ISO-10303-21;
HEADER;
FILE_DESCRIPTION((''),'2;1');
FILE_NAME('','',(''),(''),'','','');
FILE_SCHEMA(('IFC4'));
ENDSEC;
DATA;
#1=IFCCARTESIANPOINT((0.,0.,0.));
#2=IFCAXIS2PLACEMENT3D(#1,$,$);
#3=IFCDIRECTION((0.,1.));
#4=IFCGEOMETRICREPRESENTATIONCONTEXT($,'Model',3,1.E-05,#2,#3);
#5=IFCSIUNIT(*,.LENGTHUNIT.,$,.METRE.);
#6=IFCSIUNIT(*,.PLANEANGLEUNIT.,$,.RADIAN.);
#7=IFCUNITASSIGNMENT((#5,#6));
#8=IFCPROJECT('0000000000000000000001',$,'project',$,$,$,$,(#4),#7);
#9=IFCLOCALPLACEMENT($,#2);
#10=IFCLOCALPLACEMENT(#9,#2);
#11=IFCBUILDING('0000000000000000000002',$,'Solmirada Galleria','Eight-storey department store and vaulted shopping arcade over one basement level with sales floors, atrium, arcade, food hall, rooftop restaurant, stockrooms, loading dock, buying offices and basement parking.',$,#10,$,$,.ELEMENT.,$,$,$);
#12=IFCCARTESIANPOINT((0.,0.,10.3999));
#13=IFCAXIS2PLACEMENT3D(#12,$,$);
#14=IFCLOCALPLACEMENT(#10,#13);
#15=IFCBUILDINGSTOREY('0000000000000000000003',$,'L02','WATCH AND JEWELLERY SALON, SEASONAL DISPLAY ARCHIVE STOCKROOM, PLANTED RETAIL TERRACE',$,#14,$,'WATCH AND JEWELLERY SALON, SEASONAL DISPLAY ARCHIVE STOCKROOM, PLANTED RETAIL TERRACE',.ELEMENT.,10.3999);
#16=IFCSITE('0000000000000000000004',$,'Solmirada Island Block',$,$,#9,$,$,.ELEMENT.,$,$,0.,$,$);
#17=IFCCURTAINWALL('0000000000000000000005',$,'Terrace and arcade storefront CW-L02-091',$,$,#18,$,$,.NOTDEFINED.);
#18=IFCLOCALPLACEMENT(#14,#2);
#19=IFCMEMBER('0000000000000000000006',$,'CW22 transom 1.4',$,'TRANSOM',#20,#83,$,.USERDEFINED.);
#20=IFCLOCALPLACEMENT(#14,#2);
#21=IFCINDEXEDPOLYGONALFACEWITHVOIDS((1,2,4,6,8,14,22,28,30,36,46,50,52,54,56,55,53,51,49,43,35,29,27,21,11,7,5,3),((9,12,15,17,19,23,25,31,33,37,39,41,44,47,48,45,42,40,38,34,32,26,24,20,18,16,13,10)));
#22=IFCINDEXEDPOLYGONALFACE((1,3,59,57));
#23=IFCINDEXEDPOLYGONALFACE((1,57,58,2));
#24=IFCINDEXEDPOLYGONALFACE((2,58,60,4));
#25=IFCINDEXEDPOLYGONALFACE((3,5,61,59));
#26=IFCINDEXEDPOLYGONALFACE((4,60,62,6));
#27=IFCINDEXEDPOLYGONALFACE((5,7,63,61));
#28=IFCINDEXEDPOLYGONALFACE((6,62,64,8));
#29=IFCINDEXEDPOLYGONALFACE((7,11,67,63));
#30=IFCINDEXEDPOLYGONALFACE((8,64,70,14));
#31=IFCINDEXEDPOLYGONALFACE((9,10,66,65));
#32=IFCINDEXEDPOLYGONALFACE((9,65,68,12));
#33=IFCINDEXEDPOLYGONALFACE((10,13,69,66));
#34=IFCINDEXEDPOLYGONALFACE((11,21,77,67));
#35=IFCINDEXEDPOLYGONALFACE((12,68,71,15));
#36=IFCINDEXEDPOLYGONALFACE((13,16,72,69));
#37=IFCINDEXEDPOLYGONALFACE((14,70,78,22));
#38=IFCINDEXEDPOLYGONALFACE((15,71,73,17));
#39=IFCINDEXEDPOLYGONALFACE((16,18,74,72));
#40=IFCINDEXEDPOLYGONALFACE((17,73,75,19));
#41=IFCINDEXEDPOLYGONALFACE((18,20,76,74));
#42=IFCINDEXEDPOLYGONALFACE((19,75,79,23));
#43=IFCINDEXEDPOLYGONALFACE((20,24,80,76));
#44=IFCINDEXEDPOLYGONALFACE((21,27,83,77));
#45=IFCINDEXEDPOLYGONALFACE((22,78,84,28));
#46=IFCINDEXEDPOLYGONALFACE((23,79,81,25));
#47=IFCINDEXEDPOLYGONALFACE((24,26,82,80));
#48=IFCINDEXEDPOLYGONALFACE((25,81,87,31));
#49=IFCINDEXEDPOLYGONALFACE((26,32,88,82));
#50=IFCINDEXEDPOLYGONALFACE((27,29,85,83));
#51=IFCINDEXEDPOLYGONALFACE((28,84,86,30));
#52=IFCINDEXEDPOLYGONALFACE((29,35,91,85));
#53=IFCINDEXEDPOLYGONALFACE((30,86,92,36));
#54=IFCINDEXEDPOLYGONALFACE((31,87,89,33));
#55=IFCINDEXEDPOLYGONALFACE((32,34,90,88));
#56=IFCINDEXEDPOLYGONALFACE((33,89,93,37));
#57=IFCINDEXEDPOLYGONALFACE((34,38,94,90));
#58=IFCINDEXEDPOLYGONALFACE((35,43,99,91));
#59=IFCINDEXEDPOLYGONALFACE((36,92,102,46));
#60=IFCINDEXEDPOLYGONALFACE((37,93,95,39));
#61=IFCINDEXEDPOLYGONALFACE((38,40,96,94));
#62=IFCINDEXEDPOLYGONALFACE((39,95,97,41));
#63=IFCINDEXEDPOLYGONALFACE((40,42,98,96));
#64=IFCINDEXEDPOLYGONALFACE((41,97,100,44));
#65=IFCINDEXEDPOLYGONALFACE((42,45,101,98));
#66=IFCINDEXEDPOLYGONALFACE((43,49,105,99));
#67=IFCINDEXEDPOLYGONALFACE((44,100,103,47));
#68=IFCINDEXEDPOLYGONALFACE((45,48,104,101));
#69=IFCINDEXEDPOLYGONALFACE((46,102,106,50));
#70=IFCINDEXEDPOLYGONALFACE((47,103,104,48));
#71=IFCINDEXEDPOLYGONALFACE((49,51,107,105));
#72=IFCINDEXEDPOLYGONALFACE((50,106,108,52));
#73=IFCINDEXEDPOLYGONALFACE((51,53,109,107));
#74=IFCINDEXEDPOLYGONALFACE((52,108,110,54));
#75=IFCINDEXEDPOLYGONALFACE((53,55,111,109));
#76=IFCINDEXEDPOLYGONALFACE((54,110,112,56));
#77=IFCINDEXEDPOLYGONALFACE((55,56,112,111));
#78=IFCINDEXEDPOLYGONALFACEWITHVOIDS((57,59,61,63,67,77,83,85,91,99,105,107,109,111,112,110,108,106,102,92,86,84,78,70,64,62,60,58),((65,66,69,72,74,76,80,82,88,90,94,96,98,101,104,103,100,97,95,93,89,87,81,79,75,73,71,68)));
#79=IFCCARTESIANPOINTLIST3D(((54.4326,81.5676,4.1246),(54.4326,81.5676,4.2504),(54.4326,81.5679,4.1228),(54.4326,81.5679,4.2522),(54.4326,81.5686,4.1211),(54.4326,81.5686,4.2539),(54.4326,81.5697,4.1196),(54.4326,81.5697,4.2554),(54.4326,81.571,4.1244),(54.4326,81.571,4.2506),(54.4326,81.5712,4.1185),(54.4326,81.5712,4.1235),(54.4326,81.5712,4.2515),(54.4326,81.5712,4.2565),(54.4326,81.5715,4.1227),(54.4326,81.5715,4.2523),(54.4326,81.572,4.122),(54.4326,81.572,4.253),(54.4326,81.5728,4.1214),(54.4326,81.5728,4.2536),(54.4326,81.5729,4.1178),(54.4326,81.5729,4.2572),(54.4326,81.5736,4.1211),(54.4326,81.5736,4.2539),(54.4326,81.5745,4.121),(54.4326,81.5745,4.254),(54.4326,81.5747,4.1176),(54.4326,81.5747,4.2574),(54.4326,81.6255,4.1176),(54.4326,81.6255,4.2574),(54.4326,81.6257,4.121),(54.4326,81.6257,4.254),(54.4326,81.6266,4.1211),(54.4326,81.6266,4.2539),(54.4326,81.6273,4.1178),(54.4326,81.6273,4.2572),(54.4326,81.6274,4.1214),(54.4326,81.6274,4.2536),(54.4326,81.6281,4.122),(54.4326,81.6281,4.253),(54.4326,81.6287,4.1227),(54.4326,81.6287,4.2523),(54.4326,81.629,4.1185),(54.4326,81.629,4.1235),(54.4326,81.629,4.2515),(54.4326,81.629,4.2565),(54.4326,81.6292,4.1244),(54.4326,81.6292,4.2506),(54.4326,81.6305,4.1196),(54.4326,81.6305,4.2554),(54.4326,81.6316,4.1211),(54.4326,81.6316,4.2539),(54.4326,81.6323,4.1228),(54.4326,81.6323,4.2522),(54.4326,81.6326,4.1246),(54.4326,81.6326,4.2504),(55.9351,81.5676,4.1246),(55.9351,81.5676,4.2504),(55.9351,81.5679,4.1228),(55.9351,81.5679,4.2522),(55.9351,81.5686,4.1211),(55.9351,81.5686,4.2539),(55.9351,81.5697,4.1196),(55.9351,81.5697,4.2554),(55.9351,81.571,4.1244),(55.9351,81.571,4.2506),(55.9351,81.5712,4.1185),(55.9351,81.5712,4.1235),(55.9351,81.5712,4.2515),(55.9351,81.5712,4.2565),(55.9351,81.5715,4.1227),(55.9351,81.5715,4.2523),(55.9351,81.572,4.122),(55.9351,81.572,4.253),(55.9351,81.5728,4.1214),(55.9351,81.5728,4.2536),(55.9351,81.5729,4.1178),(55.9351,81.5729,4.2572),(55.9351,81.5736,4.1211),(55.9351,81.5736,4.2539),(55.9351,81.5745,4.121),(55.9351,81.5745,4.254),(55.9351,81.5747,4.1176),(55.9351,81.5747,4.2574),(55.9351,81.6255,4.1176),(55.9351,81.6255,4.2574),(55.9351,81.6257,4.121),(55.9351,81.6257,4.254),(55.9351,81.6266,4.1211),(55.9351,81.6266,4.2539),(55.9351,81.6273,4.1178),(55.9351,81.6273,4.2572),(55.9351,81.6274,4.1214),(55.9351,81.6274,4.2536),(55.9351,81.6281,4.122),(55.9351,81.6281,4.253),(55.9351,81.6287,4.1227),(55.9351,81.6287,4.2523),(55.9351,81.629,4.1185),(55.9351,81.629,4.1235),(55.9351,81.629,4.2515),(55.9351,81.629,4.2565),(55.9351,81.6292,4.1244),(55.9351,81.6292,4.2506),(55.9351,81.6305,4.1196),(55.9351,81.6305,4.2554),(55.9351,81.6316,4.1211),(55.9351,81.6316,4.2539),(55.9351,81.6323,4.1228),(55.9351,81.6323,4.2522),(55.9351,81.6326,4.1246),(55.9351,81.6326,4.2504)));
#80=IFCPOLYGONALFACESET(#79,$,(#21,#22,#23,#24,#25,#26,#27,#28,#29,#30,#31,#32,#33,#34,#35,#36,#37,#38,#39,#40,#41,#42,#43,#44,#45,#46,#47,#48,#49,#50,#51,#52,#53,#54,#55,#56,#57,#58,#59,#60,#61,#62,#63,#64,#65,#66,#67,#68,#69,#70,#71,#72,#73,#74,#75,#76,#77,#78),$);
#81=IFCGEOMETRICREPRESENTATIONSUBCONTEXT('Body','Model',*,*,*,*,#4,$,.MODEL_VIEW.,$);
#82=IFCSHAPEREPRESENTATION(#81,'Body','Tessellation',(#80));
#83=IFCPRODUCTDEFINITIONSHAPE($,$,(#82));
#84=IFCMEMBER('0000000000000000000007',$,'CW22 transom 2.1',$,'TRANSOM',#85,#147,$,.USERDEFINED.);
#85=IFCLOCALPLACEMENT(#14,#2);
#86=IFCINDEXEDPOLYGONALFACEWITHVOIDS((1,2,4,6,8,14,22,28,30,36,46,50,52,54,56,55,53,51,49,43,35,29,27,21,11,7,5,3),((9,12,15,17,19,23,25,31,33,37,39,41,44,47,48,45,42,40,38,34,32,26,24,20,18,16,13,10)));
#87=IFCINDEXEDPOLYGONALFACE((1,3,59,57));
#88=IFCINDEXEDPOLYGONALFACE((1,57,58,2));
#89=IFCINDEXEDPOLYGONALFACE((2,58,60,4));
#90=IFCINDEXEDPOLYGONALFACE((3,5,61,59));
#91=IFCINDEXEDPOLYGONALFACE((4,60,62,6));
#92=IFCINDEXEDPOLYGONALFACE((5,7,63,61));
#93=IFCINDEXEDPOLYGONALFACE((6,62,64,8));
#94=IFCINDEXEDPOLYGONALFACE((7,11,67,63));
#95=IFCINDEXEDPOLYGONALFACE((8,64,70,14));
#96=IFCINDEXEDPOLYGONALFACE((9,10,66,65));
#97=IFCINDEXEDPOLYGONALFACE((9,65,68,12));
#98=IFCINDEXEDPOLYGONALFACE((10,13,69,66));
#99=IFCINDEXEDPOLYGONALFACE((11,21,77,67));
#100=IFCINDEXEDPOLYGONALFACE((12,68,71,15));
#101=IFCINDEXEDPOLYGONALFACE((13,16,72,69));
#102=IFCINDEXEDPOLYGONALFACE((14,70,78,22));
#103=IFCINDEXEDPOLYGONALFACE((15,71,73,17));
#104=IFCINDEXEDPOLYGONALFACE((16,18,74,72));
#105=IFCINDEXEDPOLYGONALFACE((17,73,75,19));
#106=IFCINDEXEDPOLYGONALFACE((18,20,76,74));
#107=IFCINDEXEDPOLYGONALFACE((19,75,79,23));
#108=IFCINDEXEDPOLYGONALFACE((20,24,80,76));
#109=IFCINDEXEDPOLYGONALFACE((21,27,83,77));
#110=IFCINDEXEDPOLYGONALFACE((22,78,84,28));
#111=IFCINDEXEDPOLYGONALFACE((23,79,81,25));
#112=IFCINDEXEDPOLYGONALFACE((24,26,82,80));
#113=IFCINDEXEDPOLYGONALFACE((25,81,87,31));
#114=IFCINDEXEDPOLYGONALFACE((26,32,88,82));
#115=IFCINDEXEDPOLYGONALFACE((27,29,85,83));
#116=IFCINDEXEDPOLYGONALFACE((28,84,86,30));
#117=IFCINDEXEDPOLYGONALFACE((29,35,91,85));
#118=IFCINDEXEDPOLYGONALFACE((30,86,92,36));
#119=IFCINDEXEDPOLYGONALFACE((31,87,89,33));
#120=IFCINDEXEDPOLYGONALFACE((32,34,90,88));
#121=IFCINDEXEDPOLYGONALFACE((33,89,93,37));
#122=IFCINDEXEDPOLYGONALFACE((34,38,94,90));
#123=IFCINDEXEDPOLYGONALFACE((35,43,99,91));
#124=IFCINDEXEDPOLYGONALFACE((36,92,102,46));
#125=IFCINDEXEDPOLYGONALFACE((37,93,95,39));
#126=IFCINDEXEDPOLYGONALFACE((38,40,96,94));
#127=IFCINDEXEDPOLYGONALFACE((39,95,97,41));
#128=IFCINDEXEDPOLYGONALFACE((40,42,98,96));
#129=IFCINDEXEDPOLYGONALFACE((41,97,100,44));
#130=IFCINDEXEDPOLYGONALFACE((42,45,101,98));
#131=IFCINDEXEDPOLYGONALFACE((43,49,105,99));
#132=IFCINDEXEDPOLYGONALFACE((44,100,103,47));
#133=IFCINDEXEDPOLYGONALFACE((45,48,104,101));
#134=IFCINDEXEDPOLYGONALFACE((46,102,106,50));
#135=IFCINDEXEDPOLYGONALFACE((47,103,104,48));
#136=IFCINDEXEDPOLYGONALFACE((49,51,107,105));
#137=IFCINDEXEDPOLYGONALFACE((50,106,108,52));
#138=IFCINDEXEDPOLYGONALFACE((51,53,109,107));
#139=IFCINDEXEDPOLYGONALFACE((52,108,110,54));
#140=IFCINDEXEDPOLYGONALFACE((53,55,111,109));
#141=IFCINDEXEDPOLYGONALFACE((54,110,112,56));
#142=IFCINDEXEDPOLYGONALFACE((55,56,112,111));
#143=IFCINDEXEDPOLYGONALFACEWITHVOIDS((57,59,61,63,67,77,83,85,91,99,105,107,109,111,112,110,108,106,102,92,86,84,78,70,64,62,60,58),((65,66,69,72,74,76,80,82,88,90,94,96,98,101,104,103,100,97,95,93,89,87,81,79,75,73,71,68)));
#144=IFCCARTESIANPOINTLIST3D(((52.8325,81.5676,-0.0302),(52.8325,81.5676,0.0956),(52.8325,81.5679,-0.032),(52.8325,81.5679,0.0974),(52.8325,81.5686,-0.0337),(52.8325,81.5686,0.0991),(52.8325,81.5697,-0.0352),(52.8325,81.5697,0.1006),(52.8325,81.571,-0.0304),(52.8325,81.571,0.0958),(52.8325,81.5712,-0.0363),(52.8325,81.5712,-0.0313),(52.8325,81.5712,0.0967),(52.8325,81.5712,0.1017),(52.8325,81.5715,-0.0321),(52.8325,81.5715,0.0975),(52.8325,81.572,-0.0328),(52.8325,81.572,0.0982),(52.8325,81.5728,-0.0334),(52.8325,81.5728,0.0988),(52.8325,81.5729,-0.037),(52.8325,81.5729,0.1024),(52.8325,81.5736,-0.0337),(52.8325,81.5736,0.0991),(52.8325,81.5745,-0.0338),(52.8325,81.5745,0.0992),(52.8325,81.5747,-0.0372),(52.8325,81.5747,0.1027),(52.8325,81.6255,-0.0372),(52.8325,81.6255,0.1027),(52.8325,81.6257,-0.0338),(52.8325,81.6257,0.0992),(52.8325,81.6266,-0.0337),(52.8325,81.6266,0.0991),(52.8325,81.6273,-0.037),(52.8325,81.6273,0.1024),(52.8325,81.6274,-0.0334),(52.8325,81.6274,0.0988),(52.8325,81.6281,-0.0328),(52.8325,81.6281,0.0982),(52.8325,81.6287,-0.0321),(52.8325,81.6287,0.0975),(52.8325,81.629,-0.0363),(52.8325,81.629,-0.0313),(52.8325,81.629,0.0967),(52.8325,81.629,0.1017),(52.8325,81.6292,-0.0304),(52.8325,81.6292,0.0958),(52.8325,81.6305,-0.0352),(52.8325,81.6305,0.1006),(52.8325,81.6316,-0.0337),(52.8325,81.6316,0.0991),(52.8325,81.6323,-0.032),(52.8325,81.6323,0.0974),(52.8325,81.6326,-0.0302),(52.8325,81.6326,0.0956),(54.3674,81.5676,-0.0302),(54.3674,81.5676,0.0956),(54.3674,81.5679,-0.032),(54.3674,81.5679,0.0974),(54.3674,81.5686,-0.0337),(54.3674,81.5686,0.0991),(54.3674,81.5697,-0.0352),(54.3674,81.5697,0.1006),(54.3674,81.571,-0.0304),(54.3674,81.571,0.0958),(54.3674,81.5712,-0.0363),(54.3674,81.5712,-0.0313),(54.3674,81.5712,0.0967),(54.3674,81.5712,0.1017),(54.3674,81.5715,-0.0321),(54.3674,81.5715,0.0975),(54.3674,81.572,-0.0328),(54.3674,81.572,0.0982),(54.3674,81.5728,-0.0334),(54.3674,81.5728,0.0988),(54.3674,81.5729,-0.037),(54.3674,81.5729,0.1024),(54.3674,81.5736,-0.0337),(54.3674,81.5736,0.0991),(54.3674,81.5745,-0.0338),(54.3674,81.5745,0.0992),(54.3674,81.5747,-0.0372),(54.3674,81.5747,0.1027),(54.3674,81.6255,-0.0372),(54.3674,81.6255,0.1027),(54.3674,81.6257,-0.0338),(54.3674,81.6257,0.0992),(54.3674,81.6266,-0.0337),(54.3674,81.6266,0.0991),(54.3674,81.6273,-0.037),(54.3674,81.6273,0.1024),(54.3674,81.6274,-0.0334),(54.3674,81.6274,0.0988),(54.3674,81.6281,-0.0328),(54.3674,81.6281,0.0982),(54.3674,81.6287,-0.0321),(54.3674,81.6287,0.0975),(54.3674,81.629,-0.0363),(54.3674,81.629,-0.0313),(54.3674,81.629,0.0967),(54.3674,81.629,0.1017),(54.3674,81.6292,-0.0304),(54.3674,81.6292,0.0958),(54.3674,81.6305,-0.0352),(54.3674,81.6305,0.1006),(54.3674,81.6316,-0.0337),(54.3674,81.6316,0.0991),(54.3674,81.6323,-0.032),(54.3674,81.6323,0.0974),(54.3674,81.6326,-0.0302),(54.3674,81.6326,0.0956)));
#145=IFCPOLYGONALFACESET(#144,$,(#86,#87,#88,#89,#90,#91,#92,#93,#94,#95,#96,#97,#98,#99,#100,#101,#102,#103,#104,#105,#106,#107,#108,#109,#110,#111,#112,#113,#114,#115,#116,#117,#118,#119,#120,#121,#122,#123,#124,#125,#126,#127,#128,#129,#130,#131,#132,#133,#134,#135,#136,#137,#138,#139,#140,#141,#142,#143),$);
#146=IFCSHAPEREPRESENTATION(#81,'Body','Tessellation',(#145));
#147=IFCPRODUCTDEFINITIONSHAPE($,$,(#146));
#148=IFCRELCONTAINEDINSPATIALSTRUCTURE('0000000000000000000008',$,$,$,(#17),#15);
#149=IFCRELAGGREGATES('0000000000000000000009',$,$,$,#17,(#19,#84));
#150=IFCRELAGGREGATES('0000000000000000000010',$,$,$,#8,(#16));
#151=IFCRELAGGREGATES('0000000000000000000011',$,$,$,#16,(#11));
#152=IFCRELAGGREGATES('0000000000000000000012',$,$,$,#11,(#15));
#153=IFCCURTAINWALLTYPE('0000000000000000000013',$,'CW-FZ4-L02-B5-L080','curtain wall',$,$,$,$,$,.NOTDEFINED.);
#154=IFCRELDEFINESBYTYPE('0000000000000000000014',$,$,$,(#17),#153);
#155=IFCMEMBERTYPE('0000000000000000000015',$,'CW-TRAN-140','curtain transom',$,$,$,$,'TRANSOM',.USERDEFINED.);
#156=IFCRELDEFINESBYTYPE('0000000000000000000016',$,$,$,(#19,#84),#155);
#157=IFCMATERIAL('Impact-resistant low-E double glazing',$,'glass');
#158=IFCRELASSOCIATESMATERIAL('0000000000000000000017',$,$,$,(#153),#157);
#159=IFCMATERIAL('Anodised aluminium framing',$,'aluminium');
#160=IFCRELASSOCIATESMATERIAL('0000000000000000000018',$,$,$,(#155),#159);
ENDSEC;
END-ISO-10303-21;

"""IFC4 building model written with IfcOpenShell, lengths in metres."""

from ifc_helpers import new_model, si_unit, direction, frame, origin, origin_2d, place, context, subcontext, project, spatial, hollow_rectangle, extrude, material, material_profile, profile_set, type_object, element, aggregate, save


model = new_model("IFC4")

# Units and contexts
model_context = context("Model", 3, precision=1e-05, world=origin(), true_north=direction((0.0, 1.0)))
body_context = subcontext(model_context, "Body", "Model", "MODEL_VIEW")
ifc_project = project(units=[si_unit("LENGTHUNIT", "METRE"), si_unit("PLANEANGLEUNIT", "RADIAN")], contexts=[model_context])

# Site, building, storey
site_placement = place(None, origin())
site = spatial("IfcSite", under=ifc_project, at=site_placement, Name="Solmirada Island Block", CompositionType="ELEMENT", RefElevation=0.0)
building_placement = place(site_placement, origin())
building = spatial("IfcBuilding", under=site, at=building_placement, Name="Solmirada Galleria", Description="Eight-storey department store and vaulted shopping arcade over one basement level with sales floors, atrium, arcade, food hall, rooftop restaurant, stockrooms, loading dock, buying offices and basement parking.", CompositionType="ELEMENT")
storey_placement = place(building_placement, frame((0.0, 0.0, 10.3999)))
storey = spatial("IfcBuildingStorey", under=building, at=storey_placement, Name="L02", Description="WATCH AND JEWELLERY SALON, SEASONAL DISPLAY ARCHIVE STOCKROOM, PLANTED RETAIL TERRACE", LongName="WATCH AND JEWELLERY SALON, SEASONAL DISPLAY ARCHIVE STOCKROOM, PLANTED RETAIL TERRACE", CompositionType="ELEMENT", Elevation=10.3999)

# Curtain wall
ifc_material_1 = material(Name="Impact-resistant low-E double glazing", Category="glass")
curtain_wall_type = type_object("IfcCurtainWallType", Name="CW-FZ4-L02-B5-L080", Description="curtain wall", PredefinedType="NOTDEFINED", material=ifc_material_1)
ifc_material_2 = material(Name="Anodised aluminium framing", Category="aluminium")
curtain_wall_1_placement = place(storey_placement, origin())
curtain_wall_1 = element("IfcCurtainWall", 1, at=curtain_wall_1_placement, inside=storey, type_object=curtain_wall_type, Name="Terrace and arcade storefront CW-L02-091", PredefinedType="NOTDEFINED")

# Members
ifc_material_profile_1 = material_profile(ifc_material_2, hollow_rectangle(XDim=0.0649, YDim=0.1399, WallThickness=0.0034, InnerFilletRadius=0.0034, OuterFilletRadius=0.0071, at=origin_2d()), Name="ALU-TRAN-140X65")
ifc_profile_set_1 = profile_set([ifc_material_profile_1], Name="Anodised aluminium framing")
member_type_1 = type_object("IfcMemberType", Name="CW-TRAN-140", Description="curtain transom", ElementType="TRANSOM", PredefinedType="USERDEFINED", material=ifc_profile_set_1)
member_1_placement = place(storey_placement, frame((55.9351, 81.6001, 4.1875), z_axis=(-1.0, 0.0, 0.0), x_axis=(0.0, -1.0, 0.0)))
member_1 = element("IfcMember", 2, at=member_1_placement, type_object=member_type_1, Name="CW22 transom 1.4", ObjectType="TRANSOM", PredefinedType="USERDEFINED", context=body_context, shape_type="SweptSolid", body=[
    extrude(hollow_rectangle(XDim=0.0649, YDim=0.1399, WallThickness=0.0034, InnerFilletRadius=0.0034, OuterFilletRadius=0.0071, at=origin_2d()), origin(), (0.0, 0.0, 1.0), 1.5024),
])
member_2_placement = place(storey_placement, frame((54.3674, 81.6001, 0.0327), z_axis=(-1.0, 0.0, 0.0), x_axis=(0.0, -1.0, 0.0)))
member_2 = element("IfcMember", 3, at=member_2_placement, type_object=member_type_1, Name="CW22 transom 2.1", ObjectType="TRANSOM", PredefinedType="USERDEFINED", context=body_context, shape_type="SweptSolid", body=[
    extrude(hollow_rectangle(XDim=0.0649, YDim=0.1399, WallThickness=0.0034, InnerFilletRadius=0.0034, OuterFilletRadius=0.0071, at=origin_2d()), origin(), (0.0, 0.0, 1.0), 1.5349),
])

aggregate(curtain_wall_1, [member_1, member_2])

save(model, "model.ifc")
